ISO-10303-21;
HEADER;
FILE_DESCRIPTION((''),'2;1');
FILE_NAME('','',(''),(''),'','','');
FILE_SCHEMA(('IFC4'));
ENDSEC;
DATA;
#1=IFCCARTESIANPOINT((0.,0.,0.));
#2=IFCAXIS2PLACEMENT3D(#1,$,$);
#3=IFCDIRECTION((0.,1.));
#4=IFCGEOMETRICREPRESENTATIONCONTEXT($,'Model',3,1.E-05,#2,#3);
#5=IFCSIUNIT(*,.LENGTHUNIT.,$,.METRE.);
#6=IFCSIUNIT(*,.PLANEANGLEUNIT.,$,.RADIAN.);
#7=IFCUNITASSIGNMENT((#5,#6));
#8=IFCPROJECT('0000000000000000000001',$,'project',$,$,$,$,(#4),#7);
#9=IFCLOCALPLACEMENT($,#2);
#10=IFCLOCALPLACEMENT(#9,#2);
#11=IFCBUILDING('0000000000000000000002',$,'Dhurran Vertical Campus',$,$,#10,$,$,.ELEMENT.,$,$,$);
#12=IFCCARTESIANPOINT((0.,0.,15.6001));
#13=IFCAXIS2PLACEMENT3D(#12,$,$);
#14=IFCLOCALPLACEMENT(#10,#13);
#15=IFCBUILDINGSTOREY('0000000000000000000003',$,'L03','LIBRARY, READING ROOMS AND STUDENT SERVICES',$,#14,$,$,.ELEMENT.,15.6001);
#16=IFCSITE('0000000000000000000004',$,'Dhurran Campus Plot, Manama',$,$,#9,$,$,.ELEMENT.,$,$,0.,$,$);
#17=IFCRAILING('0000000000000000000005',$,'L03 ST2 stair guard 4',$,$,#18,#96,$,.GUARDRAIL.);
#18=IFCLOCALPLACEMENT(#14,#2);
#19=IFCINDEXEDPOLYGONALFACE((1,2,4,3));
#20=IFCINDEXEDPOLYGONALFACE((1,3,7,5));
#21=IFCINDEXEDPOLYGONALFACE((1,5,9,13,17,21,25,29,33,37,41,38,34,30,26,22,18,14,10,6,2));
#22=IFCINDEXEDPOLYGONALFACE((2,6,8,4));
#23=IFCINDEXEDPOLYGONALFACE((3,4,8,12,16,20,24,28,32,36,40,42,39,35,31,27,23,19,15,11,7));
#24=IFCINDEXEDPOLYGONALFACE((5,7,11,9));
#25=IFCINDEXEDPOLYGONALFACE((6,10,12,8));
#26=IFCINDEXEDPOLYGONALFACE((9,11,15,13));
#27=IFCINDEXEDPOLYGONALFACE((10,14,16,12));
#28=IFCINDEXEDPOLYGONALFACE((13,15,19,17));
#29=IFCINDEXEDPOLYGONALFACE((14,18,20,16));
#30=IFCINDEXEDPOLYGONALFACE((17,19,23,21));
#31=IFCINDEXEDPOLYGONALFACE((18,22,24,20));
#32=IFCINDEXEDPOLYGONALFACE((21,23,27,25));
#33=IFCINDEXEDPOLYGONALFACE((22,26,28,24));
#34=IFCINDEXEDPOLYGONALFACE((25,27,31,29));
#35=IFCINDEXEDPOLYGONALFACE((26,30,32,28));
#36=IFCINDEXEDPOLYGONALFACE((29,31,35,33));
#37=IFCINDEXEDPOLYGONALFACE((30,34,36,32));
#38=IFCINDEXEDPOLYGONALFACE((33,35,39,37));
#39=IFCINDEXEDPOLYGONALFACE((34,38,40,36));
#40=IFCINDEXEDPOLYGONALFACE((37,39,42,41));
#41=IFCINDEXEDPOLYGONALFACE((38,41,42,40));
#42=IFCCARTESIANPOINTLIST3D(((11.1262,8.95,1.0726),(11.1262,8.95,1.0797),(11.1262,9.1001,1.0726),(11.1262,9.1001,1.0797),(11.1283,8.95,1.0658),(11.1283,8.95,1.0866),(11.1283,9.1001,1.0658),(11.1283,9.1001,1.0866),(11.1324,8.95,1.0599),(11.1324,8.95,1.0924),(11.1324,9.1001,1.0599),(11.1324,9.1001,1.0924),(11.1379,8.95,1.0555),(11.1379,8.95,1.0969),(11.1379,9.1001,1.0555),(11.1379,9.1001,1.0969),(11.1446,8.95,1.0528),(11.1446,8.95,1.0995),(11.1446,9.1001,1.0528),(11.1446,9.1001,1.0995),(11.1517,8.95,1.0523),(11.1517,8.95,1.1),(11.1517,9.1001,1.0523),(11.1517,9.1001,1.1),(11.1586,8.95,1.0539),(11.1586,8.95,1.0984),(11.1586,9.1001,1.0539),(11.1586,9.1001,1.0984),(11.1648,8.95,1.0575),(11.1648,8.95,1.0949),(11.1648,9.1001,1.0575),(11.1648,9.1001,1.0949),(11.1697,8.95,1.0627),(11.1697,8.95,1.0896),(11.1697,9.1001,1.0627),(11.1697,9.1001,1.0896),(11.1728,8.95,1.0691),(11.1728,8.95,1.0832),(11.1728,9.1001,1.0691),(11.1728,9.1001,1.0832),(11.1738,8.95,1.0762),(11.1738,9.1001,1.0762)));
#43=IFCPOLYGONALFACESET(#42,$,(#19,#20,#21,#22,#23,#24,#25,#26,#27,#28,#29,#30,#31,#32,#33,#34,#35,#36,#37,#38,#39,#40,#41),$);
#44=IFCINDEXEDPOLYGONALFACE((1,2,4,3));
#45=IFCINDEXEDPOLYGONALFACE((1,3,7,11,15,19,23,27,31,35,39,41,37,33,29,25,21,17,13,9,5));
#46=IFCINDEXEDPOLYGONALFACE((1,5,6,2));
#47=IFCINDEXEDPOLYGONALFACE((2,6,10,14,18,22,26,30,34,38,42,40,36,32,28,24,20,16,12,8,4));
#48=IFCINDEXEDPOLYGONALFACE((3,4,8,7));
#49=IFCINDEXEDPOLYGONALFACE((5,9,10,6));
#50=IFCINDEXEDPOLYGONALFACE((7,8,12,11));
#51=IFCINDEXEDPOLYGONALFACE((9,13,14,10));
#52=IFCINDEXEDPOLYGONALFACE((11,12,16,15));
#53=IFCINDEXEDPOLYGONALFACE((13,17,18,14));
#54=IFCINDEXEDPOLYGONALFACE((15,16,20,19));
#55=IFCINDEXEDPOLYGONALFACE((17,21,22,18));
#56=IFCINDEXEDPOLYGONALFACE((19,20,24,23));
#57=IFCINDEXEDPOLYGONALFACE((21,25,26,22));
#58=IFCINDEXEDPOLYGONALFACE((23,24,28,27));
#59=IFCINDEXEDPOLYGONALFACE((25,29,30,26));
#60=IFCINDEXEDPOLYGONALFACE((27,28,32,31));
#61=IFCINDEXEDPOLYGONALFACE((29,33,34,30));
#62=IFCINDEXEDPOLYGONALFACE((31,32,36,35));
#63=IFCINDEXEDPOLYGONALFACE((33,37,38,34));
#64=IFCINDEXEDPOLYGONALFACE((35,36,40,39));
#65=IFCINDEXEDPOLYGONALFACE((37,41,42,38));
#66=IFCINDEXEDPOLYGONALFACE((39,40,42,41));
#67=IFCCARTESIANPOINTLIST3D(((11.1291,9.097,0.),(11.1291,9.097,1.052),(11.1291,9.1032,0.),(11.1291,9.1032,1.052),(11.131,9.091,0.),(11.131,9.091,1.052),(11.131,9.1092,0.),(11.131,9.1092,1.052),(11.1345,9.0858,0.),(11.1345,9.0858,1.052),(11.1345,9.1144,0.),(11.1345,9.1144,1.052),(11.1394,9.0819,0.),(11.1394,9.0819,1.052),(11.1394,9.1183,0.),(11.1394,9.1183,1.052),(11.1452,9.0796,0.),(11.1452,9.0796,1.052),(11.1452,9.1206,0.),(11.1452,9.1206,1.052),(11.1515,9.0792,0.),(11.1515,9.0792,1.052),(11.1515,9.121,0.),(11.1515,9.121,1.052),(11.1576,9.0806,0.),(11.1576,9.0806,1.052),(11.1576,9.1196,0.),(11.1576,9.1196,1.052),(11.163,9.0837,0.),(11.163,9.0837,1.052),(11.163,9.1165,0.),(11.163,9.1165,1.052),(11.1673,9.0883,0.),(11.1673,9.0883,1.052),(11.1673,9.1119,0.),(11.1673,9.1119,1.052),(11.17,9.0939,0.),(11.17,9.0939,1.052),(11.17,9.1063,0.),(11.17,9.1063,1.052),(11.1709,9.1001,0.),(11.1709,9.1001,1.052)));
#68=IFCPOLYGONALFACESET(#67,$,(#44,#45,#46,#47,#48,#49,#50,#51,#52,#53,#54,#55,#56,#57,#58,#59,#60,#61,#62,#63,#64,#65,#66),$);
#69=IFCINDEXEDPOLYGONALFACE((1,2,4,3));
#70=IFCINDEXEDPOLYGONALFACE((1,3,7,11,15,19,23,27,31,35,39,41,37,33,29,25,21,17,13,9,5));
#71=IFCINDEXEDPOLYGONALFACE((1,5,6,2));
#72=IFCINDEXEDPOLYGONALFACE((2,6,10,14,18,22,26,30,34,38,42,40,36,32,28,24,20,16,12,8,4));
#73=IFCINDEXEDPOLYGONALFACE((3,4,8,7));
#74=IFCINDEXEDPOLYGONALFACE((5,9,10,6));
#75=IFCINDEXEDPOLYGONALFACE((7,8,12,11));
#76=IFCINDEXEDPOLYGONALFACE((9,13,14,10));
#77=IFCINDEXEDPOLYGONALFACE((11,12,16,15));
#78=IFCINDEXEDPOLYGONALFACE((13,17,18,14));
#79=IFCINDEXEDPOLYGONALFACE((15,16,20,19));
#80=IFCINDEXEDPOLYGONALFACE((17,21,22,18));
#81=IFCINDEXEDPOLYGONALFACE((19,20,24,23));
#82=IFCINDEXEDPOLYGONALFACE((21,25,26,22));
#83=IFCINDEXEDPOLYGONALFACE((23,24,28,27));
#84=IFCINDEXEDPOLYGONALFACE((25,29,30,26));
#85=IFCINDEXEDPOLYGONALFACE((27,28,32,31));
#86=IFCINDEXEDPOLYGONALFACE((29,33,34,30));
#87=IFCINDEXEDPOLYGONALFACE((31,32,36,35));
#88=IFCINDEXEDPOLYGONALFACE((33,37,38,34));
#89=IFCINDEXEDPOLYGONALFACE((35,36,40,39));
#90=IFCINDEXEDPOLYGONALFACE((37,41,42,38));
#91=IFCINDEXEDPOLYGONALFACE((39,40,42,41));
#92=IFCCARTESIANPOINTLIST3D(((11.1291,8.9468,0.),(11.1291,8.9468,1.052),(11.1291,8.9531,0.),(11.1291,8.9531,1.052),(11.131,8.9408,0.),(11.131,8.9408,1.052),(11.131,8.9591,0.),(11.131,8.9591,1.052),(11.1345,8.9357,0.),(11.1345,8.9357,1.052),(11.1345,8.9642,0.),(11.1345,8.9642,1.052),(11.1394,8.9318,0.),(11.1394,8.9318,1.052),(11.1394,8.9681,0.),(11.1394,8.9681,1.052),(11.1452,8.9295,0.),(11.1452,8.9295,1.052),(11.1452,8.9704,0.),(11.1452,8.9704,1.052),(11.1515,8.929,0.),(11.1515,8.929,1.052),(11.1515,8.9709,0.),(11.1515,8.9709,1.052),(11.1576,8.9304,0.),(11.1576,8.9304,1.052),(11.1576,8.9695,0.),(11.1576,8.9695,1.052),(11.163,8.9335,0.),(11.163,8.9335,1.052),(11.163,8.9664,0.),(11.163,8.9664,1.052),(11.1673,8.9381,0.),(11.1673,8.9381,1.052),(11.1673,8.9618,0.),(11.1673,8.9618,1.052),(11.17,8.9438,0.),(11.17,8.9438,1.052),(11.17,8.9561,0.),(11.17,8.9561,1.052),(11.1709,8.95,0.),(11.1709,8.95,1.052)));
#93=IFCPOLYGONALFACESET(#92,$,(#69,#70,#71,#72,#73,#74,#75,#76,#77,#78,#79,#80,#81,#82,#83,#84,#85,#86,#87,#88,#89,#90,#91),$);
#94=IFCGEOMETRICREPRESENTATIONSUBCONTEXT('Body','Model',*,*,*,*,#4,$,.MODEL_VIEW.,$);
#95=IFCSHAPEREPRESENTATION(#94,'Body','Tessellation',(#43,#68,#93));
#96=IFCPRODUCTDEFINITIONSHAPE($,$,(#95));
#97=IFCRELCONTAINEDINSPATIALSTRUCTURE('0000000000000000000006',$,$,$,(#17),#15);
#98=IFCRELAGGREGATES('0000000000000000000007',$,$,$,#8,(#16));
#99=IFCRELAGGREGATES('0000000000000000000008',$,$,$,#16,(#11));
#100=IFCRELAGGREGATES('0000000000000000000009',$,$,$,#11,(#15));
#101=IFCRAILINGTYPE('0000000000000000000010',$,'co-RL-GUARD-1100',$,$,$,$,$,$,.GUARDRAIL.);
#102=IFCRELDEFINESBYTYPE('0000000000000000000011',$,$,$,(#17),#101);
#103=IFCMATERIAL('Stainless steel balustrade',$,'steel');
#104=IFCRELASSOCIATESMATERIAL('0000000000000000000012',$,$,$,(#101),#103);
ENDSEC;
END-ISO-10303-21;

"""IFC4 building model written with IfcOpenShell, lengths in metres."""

from ifc_helpers import new_model, si_unit, direction, frame, origin, origin_2d, place, context, subcontext, project, spatial, circle, extrude, material, type_object, element, save


model = new_model("IFC4")

# Units and contexts
model_context = context("Model", 3, precision=1e-05, world=origin(), true_north=direction((0.0, 1.0)))
body_context = subcontext(model_context, "Body", "Model", "MODEL_VIEW")
ifc_project = project(units=[si_unit("LENGTHUNIT", "METRE"), si_unit("PLANEANGLEUNIT", "RADIAN")], contexts=[model_context])

# Site, building, storey
site_placement = place(None, origin())
site = spatial("IfcSite", under=ifc_project, at=site_placement, Name="Dhurran Campus Plot, Manama", CompositionType="ELEMENT", RefElevation=0.0)
building_placement = place(site_placement, origin())
building = spatial("IfcBuilding", under=site, at=building_placement, Name="Dhurran Vertical Campus", CompositionType="ELEMENT")
storey_placement = place(building_placement, frame((0.0, 0.0, 15.6001)))
storey = spatial("IfcBuildingStorey", under=building, at=storey_placement, Name="L03", Description="LIBRARY, READING ROOMS AND STUDENT SERVICES", CompositionType="ELEMENT", Elevation=15.6001)

# Railing
ifc_material_1 = material(Name="Stainless steel balustrade", Category="steel")
railing_type_1 = type_object("IfcRailingType", Name="co-RL-GUARD-1100", PredefinedType="GUARDRAIL", material=ifc_material_1)
railing_1_placement = place(storey_placement, frame((11.1499, 9.1001, 0.0)))
element("IfcRailing", 1, at=railing_1_placement, inside=storey, type_object=railing_type_1, Name="L03 ST2 stair guard 4", PredefinedType="GUARDRAIL", context=body_context, shape_type="SweptSolid", body=[
    extrude(circle(Radius=0.0239, at=origin_2d()), frame((0.0, 0.0, 1.0762), z_axis=(0.0, -1.0, 0.0), x_axis=(1.0, 0.0, 0.0)), (0.0, 0.0, 1.0), 0.1501),
    extrude(circle(Radius=0.021, at=origin_2d()), origin(), (0.0, 0.0, 1.0), 1.052),
    extrude(circle(Radius=0.021, at=origin_2d()), frame((0.0, -0.1501, 0.0)), (0.0, 0.0, 1.0), 1.052),
])

save(model, "model.ifc")
